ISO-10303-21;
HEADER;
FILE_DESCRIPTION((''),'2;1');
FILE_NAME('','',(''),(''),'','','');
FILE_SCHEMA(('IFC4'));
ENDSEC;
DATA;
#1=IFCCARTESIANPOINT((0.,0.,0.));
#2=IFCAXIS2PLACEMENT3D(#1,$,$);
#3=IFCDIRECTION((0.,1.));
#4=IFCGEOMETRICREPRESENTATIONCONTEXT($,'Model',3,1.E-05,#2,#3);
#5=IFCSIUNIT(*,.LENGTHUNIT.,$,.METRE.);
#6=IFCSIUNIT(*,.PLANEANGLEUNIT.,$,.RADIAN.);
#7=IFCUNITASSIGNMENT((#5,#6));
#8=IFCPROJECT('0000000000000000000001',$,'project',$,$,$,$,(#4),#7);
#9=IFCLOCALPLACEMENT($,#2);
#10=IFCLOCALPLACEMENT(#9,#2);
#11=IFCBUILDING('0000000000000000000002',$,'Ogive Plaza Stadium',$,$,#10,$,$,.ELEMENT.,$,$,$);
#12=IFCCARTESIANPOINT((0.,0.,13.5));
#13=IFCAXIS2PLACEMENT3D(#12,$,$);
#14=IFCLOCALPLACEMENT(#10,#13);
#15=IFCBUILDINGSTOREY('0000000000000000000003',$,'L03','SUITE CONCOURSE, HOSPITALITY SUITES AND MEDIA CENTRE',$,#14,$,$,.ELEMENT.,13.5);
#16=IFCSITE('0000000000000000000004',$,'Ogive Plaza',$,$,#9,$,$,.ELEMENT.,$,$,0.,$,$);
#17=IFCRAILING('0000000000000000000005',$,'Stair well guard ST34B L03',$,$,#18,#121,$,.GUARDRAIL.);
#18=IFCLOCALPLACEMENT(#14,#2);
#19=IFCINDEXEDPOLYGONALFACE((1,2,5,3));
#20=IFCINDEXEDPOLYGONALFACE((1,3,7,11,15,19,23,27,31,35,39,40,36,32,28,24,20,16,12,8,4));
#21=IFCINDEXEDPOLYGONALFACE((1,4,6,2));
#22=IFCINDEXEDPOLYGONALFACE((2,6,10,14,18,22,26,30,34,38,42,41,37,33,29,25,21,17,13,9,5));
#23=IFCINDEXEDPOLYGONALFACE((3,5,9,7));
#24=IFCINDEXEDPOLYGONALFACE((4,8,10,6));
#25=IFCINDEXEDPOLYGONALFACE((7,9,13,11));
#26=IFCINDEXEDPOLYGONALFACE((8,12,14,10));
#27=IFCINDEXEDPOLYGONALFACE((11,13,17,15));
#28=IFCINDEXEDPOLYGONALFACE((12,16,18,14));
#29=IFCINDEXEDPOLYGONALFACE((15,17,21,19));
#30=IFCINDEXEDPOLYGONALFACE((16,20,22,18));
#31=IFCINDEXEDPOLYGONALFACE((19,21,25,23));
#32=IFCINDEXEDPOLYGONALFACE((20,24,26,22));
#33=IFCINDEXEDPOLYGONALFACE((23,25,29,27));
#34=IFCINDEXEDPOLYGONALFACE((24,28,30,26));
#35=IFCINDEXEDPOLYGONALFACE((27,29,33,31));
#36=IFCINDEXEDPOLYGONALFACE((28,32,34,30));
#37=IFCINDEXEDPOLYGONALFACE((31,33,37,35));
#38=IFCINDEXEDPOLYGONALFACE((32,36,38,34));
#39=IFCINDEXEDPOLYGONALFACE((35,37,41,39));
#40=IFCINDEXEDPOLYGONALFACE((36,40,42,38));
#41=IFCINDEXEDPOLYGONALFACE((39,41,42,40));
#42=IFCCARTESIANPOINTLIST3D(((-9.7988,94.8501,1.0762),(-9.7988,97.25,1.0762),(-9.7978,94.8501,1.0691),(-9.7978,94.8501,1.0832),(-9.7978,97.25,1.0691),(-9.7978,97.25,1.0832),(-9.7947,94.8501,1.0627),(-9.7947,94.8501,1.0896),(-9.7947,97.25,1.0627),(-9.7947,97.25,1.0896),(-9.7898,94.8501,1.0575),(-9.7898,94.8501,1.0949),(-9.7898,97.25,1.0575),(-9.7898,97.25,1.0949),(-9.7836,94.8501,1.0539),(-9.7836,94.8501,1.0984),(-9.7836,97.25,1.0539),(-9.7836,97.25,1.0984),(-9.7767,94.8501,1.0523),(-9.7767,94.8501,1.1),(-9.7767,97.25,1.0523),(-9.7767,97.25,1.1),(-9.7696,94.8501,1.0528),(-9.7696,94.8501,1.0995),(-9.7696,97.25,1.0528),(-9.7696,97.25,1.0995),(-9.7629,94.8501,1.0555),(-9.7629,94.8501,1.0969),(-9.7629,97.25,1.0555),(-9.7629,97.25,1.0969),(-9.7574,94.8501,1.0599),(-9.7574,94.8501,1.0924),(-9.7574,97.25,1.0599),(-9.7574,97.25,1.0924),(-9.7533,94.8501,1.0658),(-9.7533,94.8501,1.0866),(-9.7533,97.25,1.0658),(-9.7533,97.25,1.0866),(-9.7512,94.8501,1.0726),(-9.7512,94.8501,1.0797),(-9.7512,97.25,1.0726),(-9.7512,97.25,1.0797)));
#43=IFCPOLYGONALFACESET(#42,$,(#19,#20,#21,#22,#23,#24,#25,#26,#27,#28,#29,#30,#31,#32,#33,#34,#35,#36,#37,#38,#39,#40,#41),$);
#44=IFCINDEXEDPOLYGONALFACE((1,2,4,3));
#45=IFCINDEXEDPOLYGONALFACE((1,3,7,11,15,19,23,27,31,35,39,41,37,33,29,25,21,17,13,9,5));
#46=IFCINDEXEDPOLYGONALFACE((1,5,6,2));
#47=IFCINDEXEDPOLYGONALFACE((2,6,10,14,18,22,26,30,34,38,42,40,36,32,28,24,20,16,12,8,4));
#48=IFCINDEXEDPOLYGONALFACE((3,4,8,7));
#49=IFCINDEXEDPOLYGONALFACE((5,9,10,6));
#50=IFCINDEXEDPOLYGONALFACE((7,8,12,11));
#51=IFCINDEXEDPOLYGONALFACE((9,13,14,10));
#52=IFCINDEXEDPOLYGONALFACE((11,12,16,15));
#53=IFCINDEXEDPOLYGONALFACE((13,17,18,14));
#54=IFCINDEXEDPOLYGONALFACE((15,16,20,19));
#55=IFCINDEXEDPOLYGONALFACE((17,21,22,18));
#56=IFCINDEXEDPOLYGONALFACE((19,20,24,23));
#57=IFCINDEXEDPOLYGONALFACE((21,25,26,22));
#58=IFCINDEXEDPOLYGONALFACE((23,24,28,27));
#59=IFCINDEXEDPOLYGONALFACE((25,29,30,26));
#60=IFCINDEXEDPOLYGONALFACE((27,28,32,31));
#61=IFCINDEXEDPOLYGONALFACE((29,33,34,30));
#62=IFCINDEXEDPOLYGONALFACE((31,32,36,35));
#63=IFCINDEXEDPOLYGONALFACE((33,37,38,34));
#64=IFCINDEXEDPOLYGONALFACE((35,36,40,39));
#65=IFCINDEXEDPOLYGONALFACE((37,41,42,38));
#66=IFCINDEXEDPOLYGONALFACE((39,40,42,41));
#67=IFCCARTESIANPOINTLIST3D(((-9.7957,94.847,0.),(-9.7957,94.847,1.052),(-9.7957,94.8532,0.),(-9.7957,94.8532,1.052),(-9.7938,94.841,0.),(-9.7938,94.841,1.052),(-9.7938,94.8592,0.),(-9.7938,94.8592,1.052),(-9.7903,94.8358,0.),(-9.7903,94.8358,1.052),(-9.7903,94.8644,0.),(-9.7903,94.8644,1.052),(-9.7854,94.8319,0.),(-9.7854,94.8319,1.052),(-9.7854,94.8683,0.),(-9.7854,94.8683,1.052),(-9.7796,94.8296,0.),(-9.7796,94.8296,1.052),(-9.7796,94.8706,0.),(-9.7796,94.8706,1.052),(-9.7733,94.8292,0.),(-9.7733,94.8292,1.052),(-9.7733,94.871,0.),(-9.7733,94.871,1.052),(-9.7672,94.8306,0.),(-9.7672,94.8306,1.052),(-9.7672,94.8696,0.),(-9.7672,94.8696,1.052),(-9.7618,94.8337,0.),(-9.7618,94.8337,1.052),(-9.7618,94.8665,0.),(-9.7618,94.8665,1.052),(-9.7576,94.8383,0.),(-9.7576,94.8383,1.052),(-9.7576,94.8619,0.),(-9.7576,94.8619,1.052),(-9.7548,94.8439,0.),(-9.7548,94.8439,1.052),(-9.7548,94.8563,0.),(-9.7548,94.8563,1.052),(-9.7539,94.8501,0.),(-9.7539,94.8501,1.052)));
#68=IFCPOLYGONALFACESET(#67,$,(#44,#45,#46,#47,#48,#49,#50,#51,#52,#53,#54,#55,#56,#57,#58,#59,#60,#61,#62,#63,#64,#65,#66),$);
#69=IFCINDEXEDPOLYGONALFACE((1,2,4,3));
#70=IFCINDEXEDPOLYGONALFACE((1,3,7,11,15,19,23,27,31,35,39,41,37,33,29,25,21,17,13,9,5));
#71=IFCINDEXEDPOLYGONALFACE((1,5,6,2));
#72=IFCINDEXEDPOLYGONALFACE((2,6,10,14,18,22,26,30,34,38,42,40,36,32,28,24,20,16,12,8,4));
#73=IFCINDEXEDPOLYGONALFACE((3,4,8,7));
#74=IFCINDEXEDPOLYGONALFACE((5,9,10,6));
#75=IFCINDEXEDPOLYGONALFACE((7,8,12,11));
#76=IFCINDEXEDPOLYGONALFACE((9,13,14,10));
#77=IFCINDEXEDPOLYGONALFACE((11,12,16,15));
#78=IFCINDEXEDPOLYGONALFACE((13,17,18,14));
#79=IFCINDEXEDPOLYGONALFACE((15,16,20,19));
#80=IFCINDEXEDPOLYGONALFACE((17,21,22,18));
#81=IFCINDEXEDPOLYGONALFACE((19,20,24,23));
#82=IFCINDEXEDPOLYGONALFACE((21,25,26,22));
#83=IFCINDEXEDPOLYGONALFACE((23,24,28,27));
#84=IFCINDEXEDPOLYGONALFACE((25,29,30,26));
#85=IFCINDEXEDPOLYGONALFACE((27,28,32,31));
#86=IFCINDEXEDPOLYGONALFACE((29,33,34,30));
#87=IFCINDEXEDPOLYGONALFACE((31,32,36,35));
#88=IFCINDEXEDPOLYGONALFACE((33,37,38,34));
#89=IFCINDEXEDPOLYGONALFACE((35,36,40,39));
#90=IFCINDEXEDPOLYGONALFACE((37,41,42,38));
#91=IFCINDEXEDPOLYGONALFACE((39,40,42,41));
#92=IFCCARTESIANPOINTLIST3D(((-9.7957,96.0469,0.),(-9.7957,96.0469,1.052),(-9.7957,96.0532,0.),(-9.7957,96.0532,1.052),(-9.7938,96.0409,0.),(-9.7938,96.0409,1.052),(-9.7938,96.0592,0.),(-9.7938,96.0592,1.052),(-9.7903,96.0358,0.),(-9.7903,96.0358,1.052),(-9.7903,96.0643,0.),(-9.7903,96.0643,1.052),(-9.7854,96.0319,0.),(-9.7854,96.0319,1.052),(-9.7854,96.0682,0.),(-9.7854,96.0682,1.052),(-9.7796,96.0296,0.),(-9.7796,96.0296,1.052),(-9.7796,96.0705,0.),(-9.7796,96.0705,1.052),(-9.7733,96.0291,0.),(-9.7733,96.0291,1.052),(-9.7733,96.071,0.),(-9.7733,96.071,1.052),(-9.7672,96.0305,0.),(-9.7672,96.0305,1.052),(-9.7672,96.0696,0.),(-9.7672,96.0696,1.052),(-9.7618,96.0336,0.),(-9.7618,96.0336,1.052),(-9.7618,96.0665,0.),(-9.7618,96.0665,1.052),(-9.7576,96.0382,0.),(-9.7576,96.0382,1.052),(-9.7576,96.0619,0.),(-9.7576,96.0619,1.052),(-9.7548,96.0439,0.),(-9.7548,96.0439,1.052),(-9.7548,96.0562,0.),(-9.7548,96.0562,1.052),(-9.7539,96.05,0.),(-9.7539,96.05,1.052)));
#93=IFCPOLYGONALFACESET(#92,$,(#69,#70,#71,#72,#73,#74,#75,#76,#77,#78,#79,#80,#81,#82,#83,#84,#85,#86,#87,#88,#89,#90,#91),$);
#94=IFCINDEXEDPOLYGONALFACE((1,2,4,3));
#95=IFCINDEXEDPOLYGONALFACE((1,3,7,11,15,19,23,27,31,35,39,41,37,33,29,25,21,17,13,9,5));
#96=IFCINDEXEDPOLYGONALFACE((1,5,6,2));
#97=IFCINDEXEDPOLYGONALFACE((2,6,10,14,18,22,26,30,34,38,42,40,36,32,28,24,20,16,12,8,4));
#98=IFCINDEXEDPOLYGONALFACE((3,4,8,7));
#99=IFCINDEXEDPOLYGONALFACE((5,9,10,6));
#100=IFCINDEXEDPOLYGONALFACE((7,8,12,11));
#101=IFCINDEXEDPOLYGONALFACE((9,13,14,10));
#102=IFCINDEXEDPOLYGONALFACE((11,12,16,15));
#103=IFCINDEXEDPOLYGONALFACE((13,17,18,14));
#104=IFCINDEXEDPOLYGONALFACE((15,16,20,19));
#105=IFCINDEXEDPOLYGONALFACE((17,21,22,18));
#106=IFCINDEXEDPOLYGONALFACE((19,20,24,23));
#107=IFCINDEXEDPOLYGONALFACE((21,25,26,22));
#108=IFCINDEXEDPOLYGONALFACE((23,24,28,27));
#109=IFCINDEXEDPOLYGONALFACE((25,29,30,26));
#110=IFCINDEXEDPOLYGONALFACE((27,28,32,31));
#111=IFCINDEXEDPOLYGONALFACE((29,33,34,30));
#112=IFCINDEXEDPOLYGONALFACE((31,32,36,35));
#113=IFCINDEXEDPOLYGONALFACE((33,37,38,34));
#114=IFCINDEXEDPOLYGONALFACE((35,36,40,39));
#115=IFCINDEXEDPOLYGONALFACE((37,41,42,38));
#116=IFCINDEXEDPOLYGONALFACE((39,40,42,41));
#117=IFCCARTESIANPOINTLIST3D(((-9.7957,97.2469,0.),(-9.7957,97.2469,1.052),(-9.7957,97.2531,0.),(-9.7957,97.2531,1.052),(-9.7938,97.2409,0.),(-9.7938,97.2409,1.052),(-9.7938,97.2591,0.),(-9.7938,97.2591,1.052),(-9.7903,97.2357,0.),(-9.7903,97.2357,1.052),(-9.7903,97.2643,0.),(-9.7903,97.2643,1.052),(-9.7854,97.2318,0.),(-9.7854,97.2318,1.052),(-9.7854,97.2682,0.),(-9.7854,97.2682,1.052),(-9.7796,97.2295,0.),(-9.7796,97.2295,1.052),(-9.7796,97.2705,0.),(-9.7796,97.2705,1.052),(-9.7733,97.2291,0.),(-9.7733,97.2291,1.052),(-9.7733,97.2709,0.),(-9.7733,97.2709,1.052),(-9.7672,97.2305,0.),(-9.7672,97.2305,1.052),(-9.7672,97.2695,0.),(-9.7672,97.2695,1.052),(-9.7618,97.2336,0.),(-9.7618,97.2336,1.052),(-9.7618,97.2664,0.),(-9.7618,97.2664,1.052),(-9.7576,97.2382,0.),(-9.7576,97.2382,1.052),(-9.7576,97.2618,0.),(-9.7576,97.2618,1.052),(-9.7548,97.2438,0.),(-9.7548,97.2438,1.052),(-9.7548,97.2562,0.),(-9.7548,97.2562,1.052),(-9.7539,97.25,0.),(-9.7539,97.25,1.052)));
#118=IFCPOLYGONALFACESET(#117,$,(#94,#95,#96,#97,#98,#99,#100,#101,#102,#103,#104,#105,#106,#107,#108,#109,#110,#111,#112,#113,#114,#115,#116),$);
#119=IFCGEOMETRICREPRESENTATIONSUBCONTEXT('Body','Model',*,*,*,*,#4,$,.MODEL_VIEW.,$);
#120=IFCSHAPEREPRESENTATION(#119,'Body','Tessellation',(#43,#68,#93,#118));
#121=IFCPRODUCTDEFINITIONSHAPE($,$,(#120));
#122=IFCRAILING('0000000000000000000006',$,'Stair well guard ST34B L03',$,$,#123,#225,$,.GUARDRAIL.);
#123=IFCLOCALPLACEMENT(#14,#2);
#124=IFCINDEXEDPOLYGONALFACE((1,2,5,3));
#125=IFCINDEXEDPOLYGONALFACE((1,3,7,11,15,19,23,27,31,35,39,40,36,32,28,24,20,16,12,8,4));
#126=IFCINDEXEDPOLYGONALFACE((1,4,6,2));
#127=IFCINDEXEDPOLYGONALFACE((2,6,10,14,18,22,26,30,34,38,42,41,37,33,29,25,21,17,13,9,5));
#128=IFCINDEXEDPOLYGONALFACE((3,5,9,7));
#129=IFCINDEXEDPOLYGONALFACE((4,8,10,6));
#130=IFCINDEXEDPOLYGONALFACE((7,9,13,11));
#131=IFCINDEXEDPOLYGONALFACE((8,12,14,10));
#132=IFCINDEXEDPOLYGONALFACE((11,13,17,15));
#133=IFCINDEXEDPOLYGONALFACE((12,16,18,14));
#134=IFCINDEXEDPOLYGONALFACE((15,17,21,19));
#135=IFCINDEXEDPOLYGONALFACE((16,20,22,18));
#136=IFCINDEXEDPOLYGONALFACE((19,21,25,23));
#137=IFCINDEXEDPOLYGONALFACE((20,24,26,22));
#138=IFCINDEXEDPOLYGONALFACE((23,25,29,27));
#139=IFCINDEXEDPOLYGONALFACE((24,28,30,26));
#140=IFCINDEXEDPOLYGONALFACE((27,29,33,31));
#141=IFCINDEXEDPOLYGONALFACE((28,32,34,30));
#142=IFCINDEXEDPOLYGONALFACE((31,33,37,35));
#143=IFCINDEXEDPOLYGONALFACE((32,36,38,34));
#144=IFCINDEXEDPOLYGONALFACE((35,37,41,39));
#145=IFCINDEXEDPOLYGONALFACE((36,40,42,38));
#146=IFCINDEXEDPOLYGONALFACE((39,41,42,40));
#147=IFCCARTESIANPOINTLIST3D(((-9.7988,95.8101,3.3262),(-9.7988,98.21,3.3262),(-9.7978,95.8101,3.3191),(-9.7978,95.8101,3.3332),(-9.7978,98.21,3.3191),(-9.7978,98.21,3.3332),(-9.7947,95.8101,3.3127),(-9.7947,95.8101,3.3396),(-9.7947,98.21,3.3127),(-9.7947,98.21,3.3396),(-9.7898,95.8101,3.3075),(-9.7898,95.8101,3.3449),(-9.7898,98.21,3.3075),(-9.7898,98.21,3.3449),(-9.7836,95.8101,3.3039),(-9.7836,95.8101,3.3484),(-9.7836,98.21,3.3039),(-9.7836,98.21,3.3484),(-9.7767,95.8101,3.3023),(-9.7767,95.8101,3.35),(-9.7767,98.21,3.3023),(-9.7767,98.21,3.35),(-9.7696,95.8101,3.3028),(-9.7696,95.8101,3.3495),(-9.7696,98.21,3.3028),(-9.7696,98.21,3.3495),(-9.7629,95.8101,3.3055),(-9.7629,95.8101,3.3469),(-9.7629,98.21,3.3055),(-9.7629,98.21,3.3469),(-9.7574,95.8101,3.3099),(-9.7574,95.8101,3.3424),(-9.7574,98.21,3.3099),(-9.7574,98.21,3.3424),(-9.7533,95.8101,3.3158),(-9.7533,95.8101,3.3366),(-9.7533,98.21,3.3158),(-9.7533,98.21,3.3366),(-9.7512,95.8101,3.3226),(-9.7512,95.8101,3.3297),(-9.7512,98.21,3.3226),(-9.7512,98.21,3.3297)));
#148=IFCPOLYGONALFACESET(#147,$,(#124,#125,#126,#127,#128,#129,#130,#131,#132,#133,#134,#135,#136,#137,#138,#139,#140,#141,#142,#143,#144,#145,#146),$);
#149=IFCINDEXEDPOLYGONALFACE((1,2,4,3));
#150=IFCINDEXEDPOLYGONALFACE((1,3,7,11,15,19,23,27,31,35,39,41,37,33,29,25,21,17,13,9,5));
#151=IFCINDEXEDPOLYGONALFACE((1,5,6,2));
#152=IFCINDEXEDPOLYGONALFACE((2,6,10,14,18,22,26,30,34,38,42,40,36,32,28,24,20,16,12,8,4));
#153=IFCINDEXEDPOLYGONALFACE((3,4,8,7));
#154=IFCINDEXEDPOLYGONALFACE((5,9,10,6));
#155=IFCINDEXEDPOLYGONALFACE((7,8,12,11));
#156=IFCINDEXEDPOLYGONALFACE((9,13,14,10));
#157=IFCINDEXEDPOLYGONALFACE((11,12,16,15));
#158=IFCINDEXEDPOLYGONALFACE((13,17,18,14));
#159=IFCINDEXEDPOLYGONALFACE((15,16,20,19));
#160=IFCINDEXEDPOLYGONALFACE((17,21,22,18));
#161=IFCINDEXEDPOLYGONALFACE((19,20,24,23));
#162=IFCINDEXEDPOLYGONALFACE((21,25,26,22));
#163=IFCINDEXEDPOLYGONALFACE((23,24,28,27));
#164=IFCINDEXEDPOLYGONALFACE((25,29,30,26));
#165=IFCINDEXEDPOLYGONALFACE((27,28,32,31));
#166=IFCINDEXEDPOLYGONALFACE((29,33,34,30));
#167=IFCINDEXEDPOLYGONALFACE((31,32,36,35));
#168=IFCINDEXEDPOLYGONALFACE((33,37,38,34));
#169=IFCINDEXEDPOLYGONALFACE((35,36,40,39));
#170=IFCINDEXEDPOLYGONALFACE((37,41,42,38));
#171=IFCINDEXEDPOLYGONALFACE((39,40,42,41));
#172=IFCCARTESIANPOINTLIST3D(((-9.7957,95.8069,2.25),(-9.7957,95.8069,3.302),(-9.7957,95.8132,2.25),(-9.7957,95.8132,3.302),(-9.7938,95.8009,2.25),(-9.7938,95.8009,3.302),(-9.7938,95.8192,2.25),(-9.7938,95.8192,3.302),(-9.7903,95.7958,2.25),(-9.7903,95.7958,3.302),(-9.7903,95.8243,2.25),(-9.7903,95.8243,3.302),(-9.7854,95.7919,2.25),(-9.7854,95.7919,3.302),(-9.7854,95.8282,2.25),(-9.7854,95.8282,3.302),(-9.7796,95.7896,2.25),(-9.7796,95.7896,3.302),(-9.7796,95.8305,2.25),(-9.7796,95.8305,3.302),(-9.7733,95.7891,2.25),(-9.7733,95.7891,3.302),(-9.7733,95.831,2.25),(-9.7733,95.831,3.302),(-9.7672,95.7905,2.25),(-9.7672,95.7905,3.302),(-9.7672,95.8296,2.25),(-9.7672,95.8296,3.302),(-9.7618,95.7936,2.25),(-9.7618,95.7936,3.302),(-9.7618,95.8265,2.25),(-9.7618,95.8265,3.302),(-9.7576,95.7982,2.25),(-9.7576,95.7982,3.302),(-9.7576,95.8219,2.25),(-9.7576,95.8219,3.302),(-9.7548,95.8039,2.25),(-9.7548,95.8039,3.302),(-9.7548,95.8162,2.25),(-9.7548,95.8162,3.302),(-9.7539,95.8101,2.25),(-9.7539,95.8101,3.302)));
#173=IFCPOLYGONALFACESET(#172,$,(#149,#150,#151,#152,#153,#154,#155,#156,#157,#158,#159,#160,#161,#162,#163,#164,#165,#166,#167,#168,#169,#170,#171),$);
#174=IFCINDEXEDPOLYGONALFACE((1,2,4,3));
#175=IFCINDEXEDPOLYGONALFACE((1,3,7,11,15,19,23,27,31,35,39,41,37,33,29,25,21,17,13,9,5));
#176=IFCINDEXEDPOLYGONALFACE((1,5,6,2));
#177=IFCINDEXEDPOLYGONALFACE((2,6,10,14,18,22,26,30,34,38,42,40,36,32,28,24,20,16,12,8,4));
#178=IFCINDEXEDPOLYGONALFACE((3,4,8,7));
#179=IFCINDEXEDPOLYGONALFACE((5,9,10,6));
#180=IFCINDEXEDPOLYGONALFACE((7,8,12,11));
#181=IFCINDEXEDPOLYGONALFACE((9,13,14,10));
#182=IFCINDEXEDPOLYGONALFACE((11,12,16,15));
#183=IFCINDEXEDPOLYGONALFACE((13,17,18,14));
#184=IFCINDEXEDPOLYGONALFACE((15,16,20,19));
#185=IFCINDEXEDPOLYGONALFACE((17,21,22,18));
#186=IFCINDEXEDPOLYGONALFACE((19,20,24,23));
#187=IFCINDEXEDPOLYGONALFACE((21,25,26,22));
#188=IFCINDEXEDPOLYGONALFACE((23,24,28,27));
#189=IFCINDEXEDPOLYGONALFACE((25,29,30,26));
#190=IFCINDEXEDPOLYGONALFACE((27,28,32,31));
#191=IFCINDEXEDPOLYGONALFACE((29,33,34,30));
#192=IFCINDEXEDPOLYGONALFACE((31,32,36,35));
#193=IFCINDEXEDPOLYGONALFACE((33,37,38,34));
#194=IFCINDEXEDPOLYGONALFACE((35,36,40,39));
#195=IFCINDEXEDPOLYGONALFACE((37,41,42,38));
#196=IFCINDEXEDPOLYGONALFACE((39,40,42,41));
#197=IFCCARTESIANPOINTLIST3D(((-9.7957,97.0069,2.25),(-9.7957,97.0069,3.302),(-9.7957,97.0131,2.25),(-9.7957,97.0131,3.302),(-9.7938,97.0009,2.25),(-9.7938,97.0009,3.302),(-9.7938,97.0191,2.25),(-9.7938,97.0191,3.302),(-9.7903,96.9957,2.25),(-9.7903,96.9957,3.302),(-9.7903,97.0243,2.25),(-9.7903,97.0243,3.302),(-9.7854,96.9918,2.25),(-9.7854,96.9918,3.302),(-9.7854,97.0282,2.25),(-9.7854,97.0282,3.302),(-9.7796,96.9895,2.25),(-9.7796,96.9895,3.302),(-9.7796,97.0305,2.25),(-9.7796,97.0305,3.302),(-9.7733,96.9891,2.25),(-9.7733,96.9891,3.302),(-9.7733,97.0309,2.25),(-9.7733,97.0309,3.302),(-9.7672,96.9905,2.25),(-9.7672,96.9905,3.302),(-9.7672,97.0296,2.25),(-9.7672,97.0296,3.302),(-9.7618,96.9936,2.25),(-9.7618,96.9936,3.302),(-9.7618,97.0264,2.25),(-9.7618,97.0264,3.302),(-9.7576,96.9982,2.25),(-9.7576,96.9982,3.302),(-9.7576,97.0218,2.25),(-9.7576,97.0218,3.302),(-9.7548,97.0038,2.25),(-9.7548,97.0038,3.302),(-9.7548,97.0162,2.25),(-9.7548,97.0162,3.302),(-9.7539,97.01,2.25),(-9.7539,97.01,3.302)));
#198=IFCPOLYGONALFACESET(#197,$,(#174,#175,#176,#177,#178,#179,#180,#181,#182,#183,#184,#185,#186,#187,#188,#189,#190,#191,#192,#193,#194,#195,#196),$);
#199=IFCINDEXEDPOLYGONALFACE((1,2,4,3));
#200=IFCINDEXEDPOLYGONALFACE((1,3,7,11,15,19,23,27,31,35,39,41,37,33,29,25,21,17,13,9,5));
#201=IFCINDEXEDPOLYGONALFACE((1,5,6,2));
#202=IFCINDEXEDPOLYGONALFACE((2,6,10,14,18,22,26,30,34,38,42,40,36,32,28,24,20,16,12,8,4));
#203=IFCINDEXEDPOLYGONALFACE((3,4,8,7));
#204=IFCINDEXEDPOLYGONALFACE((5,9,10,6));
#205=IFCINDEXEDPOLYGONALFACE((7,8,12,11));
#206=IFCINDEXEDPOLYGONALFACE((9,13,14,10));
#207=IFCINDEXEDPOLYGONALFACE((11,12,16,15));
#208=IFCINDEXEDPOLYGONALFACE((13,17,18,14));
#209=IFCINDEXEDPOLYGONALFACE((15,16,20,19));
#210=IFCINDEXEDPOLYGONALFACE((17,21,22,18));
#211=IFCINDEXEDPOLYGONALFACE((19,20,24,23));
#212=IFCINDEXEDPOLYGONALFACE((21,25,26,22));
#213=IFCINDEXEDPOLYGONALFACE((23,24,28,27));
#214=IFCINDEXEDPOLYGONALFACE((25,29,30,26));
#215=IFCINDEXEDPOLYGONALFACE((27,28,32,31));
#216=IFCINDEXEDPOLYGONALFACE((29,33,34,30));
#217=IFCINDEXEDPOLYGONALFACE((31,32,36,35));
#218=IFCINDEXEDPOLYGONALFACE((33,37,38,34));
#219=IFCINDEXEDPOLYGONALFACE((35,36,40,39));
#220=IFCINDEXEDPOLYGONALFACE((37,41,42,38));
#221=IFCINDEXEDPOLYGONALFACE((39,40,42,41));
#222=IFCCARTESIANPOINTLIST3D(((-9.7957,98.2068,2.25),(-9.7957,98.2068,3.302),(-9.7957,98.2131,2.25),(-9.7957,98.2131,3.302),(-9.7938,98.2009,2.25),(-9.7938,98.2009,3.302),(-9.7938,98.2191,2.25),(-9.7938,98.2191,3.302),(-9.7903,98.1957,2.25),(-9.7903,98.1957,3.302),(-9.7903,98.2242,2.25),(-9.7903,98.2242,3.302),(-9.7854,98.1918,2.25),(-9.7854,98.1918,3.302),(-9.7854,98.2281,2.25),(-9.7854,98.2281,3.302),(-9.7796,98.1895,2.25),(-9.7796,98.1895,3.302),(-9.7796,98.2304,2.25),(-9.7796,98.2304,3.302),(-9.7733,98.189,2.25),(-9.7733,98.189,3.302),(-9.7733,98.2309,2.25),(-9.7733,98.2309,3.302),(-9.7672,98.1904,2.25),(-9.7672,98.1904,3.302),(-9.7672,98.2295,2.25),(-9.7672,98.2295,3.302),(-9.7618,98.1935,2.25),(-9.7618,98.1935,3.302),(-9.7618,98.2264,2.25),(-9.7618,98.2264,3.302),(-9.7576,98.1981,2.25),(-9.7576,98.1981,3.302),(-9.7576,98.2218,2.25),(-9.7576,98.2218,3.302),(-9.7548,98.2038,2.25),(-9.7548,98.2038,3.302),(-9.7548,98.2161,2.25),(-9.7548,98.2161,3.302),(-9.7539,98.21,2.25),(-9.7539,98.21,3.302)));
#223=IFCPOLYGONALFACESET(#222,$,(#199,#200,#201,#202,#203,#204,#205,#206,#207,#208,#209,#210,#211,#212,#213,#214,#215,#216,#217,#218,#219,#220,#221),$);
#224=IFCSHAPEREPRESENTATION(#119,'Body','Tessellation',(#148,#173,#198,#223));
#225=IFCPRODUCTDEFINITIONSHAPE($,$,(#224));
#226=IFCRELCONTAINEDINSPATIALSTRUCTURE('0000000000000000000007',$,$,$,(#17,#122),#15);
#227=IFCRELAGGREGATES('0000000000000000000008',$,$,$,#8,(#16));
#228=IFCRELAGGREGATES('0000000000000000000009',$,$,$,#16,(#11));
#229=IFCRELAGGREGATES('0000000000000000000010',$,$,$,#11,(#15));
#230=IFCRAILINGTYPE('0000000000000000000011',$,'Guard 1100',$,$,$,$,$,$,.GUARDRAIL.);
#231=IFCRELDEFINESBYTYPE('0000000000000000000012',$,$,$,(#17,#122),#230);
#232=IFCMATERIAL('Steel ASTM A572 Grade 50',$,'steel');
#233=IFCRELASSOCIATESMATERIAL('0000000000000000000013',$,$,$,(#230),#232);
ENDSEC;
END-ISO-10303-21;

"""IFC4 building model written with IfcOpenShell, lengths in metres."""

from ifc_helpers import new_model, si_unit, direction, frame, origin, origin_2d, place, context, subcontext, project, spatial, circle, extrude, material, type_object, element, save


model = new_model("IFC4")

# Units and contexts
model_context = context("Model", 3, precision=1e-05, world=origin(), true_north=direction((0.0, 1.0)))
body_context = subcontext(model_context, "Body", "Model", "MODEL_VIEW")
ifc_project = project(units=[si_unit("LENGTHUNIT", "METRE"), si_unit("PLANEANGLEUNIT", "RADIAN")], contexts=[model_context])

# Site, building, storey
site_placement = place(None, origin())
site = spatial("IfcSite", under=ifc_project, at=site_placement, Name="Ogive Plaza", CompositionType="ELEMENT", RefElevation=0.0)
building_placement = place(site_placement, origin())
building = spatial("IfcBuilding", under=site, at=building_placement, Name="Ogive Plaza Stadium", CompositionType="ELEMENT")
storey_placement = place(building_placement, frame((0.0, 0.0, 13.5)))
storey = spatial("IfcBuildingStorey", under=building, at=storey_placement, Name="L03", Description="SUITE CONCOURSE, HOSPITALITY SUITES AND MEDIA CENTRE", CompositionType="ELEMENT", Elevation=13.5)

# Railings
ifc_material_1 = material(Name="Steel ASTM A572 Grade 50", Category="steel")
railing_type_1 = type_object("IfcRailingType", Name="Guard 1100", PredefinedType="GUARDRAIL", material=ifc_material_1)
for number, where, name in (
    (1, (-9.7749, 94.8501, 0.0), "Stair well guard ST34B L03"),
    (2, (-9.7749, 95.8101, 2.25), "Stair well guard ST34B L03"),
):
    element("IfcRailing", number, at=place(storey_placement, frame(where)), inside=storey, type_object=railing_type_1, Name=name, PredefinedType="GUARDRAIL", context=body_context, shape_type="SweptSolid", body=[
        extrude(circle(Radius=0.0239, at=origin_2d()), frame((0.0, 0.0, 1.0762), z_axis=(0.0, 1.0, 0.0), x_axis=(-1.0, 0.0, 0.0)), (0.0, 0.0, 1.0), 2.3999),
        extrude(circle(Radius=0.021, at=origin_2d()), origin(), (0.0, 0.0, 1.0), 1.052),
        extrude(circle(Radius=0.021, at=origin_2d()), frame((0.0, 1.2, 0.0)), (0.0, 0.0, 1.0), 1.052),
        extrude(circle(Radius=0.021, at=origin_2d()), frame((0.0, 2.3999, 0.0)), (0.0, 0.0, 1.0), 1.052),
    ])

save(model, "model.ifc")
